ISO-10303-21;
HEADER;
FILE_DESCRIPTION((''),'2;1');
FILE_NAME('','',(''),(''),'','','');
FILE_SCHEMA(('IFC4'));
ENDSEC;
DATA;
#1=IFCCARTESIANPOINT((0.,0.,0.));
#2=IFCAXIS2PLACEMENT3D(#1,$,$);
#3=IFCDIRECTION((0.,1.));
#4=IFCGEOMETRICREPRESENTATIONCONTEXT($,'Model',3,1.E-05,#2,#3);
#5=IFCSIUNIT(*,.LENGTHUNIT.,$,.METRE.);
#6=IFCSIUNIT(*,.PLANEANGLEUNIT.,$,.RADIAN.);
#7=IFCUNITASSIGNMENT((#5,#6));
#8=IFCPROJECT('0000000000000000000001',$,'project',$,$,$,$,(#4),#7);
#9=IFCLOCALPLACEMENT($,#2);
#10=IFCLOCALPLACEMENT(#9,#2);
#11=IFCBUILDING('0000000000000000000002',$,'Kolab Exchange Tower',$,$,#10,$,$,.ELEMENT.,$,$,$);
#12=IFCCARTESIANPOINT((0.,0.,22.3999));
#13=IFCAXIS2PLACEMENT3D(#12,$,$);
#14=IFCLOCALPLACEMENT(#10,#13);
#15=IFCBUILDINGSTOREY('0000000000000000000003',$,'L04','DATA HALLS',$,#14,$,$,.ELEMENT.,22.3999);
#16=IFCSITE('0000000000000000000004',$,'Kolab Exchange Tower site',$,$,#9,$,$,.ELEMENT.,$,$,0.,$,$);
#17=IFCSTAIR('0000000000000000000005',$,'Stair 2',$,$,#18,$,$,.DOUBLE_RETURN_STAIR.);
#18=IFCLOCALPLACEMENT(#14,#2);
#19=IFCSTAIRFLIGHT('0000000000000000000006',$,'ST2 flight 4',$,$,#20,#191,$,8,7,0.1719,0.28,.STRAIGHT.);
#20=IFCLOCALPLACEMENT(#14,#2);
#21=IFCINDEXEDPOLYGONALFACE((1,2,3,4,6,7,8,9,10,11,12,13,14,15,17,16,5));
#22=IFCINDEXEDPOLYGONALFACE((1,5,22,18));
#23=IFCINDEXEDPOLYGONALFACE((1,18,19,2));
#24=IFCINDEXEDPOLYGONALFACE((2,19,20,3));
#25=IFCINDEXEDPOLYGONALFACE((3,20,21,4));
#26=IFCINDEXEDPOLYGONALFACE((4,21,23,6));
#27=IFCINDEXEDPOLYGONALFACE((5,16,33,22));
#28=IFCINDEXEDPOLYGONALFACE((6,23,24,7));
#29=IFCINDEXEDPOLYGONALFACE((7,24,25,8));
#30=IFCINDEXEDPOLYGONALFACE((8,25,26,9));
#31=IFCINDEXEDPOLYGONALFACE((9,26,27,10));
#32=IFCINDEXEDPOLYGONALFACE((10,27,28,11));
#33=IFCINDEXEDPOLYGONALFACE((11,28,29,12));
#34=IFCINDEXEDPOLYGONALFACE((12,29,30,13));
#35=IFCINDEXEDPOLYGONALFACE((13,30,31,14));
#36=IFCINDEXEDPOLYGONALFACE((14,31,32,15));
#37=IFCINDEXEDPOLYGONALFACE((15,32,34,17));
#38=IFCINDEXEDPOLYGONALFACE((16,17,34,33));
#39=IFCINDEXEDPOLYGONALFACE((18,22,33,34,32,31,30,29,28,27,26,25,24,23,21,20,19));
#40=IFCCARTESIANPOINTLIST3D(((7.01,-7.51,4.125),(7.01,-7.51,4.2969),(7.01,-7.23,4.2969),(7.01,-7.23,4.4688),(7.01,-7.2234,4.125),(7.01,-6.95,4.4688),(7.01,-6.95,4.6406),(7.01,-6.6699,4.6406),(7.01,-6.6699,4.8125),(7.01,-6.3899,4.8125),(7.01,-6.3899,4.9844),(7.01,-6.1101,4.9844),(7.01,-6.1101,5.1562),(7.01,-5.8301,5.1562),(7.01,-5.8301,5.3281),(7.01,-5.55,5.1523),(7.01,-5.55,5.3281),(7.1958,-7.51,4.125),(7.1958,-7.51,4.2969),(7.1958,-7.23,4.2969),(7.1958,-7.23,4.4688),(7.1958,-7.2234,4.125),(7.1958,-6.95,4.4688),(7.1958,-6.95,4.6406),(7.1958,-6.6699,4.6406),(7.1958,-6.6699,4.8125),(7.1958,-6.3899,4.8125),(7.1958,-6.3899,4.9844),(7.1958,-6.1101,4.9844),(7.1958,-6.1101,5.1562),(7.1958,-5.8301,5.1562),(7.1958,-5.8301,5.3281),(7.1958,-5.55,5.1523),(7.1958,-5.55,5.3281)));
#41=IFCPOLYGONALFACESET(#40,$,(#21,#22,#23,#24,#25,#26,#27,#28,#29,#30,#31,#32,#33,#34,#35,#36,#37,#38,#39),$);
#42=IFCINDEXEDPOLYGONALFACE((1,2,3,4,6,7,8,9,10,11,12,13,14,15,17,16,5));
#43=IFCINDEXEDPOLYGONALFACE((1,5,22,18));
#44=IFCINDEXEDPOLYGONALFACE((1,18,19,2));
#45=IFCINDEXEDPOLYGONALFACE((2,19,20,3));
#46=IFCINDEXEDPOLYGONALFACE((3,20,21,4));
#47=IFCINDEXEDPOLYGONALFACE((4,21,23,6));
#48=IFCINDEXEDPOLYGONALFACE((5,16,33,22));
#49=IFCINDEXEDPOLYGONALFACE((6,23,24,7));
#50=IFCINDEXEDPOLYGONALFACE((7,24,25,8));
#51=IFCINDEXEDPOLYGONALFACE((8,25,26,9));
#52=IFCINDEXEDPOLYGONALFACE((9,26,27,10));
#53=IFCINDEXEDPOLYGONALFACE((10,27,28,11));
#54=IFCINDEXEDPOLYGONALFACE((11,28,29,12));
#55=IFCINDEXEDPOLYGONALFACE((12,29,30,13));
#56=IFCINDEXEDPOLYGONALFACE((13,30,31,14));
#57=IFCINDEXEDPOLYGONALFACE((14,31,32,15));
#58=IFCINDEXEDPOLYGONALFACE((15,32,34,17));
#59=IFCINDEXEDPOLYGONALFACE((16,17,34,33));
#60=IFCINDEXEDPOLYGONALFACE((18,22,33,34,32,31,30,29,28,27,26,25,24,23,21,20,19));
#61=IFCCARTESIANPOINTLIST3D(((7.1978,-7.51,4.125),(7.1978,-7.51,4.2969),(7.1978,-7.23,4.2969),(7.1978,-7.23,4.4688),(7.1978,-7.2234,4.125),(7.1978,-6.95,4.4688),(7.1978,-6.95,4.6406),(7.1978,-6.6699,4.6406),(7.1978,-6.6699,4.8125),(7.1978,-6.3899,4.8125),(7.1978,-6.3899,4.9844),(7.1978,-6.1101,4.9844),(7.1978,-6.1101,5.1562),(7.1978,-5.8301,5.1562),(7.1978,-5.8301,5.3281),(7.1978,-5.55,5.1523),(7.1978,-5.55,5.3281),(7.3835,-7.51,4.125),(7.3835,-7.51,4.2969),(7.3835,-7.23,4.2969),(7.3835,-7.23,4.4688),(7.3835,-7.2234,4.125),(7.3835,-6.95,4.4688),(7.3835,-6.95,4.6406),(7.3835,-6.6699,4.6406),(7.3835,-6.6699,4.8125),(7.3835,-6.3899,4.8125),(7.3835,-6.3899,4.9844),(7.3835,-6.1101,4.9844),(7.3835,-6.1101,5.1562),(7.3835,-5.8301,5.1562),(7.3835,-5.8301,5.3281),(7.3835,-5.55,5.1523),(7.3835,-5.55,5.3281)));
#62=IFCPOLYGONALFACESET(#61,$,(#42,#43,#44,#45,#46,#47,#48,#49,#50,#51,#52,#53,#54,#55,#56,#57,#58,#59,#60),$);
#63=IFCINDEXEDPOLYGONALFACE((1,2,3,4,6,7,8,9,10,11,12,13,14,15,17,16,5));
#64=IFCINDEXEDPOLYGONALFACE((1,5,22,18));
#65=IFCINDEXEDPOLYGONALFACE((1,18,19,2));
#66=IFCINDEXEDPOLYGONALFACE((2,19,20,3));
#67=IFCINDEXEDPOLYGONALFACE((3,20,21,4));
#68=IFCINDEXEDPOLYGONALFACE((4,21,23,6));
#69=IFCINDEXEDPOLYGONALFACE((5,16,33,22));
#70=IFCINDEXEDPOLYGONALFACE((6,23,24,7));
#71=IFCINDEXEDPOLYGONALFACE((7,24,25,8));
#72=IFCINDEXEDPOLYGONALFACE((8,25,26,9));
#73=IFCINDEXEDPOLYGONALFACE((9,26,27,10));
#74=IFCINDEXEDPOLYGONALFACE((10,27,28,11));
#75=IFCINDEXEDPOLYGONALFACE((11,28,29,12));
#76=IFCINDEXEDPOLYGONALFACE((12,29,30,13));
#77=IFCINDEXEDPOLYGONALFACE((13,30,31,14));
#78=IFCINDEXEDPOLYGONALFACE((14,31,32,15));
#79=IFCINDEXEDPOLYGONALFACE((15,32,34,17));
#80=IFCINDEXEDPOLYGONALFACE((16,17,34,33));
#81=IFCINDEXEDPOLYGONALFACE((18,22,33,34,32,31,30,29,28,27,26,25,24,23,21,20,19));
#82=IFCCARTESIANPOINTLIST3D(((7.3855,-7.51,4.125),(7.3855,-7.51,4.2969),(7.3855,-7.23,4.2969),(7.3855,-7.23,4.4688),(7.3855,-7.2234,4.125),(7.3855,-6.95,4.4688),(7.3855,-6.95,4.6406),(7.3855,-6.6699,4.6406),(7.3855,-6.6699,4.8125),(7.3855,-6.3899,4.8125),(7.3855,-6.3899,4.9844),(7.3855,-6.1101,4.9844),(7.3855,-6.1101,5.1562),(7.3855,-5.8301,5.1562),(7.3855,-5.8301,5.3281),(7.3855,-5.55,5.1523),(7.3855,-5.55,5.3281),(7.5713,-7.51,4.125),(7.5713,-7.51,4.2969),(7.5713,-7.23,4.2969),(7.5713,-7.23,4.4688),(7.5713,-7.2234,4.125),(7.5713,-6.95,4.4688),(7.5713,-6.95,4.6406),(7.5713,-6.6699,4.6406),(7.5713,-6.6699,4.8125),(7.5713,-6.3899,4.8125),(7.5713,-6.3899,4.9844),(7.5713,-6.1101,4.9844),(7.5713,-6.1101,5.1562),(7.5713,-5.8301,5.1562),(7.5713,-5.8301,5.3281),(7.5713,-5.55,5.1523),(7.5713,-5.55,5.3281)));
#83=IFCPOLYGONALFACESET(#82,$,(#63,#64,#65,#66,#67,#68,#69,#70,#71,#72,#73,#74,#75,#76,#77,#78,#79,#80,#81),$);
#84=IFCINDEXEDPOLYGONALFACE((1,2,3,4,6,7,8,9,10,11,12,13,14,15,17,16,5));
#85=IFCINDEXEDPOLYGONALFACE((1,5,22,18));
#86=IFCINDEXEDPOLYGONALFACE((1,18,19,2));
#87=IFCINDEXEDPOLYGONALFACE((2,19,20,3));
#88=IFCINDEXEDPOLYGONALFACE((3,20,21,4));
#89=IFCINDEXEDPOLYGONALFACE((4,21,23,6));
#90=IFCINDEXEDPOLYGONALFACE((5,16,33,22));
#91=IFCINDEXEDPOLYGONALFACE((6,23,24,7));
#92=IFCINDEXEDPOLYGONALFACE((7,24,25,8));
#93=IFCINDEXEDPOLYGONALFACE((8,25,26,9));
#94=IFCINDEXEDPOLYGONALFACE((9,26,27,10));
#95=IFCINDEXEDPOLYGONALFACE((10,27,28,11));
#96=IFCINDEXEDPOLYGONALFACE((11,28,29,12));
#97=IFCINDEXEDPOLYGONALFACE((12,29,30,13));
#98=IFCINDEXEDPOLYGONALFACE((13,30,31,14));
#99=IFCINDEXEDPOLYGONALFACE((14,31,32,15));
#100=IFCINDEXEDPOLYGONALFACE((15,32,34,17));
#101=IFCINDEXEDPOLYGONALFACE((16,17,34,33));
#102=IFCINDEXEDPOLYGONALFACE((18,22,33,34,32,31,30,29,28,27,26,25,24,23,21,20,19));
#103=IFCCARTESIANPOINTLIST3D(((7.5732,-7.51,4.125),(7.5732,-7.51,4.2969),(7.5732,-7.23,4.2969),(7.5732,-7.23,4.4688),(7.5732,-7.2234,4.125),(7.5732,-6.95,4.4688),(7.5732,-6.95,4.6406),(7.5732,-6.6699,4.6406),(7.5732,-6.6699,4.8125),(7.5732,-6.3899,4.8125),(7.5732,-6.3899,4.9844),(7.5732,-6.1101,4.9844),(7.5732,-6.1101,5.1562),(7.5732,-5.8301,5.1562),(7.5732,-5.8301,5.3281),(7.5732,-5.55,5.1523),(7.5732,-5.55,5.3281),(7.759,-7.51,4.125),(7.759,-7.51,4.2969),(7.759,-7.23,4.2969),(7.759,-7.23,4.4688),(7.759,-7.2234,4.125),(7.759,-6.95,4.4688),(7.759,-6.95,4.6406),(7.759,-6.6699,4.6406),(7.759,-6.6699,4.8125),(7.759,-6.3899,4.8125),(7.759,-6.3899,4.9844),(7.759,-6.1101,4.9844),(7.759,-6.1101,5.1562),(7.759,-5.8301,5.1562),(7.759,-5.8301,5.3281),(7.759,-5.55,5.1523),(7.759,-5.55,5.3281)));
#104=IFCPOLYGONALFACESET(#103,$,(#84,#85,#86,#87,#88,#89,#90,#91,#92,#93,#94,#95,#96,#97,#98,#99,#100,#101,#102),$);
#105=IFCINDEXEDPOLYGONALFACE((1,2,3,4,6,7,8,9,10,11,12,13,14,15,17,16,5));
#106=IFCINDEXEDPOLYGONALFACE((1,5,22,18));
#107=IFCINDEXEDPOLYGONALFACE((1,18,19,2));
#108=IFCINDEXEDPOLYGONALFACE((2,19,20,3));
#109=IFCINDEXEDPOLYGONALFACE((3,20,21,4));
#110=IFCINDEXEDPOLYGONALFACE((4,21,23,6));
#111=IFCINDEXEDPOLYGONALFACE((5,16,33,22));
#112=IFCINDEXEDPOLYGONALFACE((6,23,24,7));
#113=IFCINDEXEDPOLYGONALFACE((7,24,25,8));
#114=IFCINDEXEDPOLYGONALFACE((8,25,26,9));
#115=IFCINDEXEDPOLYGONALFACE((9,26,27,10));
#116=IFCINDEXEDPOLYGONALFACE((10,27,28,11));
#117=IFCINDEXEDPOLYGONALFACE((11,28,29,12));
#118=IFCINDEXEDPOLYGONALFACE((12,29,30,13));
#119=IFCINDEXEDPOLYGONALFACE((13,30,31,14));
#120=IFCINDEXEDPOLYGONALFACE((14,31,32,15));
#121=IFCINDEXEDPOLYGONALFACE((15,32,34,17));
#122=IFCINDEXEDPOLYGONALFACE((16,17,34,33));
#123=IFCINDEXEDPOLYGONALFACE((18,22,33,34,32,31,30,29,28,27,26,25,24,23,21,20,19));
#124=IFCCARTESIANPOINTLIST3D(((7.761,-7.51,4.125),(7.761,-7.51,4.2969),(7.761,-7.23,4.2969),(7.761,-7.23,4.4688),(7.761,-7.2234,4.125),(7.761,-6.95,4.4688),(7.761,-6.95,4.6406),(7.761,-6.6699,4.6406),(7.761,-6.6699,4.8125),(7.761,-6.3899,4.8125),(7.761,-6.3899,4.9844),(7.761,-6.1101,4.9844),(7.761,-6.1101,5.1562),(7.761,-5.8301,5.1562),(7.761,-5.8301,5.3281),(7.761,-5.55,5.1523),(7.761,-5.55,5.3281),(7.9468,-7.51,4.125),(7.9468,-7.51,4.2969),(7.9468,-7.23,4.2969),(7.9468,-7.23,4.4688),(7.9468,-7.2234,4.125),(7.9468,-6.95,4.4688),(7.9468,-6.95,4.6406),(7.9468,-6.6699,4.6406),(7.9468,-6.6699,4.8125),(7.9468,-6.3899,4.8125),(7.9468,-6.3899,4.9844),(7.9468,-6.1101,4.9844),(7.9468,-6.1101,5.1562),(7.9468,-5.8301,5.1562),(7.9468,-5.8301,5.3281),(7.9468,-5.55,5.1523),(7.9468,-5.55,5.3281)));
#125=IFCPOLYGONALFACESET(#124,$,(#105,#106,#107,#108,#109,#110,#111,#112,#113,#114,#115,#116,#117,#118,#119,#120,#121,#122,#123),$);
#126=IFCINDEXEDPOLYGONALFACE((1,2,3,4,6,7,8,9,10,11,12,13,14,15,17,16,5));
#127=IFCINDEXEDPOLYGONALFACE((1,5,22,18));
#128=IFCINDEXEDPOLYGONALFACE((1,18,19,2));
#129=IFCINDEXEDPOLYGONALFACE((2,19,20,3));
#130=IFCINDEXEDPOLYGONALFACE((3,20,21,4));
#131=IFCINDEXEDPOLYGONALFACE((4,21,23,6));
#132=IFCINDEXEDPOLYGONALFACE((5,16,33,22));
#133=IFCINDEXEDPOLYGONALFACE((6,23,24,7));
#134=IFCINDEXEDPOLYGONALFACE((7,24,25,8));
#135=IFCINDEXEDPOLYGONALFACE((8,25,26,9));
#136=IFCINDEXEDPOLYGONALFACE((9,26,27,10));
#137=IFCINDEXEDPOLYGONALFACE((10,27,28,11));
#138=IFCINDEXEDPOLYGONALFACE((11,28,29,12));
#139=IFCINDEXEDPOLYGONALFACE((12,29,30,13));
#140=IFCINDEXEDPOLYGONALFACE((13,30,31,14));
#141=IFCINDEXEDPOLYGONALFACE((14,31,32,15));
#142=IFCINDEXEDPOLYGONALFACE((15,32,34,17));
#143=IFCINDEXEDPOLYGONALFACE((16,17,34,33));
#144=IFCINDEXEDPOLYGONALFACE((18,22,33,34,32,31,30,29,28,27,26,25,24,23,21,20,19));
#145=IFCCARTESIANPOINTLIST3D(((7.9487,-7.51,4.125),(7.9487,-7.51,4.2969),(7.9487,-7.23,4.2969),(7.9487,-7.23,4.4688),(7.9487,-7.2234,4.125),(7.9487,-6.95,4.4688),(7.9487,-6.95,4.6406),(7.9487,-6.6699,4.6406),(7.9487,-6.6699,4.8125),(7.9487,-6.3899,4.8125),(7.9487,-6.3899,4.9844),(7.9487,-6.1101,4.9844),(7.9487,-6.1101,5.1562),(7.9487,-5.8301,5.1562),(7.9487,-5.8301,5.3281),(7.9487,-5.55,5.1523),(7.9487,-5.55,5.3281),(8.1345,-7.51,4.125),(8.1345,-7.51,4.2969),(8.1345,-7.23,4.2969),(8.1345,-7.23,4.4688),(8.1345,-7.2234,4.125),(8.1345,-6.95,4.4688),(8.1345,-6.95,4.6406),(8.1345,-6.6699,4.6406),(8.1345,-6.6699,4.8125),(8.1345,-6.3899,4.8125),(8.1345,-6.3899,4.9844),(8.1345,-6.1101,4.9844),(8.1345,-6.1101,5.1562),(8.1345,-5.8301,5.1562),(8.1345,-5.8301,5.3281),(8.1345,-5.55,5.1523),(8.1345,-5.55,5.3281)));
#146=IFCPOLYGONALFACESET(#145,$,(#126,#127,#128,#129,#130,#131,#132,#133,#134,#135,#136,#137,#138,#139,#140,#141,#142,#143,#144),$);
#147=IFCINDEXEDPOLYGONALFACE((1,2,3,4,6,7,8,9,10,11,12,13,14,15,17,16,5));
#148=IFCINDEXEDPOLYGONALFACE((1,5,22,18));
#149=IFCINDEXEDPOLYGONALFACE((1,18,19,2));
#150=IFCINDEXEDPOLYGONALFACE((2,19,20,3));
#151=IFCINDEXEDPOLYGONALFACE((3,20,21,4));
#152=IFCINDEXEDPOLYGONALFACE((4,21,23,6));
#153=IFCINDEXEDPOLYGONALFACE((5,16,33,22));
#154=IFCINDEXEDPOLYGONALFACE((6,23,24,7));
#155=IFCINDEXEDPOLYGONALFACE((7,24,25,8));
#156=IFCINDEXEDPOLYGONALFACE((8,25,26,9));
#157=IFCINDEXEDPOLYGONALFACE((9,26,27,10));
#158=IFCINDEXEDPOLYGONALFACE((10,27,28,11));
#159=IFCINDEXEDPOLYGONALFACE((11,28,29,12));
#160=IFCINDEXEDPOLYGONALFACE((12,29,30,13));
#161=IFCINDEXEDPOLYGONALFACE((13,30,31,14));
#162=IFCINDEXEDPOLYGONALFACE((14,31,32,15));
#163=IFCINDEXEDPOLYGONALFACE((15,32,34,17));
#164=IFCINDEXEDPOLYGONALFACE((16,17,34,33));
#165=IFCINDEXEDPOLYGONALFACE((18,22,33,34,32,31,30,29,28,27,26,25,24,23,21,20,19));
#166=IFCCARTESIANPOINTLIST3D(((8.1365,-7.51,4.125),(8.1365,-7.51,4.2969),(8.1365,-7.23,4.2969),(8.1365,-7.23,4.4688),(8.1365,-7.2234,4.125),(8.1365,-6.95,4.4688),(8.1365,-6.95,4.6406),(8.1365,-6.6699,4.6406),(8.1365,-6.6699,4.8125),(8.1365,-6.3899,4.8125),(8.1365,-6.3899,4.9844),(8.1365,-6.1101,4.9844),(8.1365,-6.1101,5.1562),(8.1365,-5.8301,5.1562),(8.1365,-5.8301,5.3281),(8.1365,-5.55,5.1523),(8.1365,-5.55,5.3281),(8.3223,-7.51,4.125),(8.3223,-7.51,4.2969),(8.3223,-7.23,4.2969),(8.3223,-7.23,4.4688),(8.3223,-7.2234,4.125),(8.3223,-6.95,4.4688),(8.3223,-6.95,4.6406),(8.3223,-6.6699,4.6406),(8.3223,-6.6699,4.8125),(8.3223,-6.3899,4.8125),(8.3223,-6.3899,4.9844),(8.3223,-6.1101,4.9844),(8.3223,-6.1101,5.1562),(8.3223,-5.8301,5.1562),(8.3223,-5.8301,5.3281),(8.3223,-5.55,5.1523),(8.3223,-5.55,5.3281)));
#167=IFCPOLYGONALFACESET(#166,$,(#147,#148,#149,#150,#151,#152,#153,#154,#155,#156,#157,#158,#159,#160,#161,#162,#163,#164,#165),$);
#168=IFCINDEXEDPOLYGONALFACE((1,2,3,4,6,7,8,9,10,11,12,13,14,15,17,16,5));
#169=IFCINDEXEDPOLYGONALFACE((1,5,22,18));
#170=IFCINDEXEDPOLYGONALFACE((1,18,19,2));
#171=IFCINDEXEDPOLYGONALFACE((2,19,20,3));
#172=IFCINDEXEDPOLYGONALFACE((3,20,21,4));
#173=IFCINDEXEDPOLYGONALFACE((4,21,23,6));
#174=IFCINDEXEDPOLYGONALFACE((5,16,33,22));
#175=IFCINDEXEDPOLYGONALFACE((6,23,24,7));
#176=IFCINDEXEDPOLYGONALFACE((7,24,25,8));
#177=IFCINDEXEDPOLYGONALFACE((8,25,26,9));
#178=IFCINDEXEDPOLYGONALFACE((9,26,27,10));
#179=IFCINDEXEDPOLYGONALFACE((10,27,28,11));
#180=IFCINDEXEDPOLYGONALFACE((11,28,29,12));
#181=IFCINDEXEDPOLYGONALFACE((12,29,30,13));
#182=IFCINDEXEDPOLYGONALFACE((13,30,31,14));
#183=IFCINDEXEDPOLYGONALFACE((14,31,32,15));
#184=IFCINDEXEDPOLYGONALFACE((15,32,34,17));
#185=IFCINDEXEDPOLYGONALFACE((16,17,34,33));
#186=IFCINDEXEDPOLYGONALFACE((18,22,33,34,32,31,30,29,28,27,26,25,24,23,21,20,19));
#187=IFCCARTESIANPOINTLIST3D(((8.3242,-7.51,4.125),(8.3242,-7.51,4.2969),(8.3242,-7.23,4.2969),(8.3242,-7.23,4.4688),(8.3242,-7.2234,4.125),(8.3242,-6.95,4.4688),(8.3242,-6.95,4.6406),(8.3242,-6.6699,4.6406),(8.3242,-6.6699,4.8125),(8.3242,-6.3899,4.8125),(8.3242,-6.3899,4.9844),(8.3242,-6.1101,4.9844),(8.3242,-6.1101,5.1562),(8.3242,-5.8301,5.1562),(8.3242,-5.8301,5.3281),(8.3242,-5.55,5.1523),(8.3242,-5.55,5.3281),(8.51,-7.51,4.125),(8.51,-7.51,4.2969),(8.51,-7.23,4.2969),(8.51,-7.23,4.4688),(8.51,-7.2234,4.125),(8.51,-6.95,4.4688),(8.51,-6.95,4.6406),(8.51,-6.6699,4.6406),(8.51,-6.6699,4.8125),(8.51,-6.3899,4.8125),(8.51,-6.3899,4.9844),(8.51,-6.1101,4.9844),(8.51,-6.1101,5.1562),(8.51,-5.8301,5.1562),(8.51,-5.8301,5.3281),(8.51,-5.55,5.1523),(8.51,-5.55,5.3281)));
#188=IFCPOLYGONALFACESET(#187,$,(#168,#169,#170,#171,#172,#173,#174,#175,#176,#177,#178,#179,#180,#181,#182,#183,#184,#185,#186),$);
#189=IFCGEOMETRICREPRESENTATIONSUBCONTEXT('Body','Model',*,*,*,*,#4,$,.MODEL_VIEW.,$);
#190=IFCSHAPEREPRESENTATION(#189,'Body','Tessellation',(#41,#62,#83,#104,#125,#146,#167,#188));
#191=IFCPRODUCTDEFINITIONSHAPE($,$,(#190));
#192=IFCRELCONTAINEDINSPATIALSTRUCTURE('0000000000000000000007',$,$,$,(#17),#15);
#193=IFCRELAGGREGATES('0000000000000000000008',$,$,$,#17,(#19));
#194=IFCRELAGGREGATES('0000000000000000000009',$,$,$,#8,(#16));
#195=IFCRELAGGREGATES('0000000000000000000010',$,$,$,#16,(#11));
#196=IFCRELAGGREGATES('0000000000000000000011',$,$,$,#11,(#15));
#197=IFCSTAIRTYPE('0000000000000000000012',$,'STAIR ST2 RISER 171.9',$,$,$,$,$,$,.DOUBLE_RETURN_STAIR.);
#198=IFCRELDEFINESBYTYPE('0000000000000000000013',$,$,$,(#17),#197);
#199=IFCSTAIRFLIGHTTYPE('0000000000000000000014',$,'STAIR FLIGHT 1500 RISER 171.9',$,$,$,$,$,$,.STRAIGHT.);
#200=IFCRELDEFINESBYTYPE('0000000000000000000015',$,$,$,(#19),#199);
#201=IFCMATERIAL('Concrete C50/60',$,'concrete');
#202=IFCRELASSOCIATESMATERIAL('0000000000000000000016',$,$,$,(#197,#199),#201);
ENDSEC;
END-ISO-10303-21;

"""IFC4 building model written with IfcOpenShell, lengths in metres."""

from ifc_helpers import new_model, si_unit, direction, frame, origin, place, context, subcontext, project, spatial, polyline, outline, extrude, material, type_object, element, aggregate, save


model = new_model("IFC4")

# Units and contexts
model_context = context("Model", 3, precision=1e-05, world=origin(), true_north=direction((0.0, 1.0)))
body_context = subcontext(model_context, "Body", "Model", "MODEL_VIEW")
ifc_project = project(units=[si_unit("LENGTHUNIT", "METRE"), si_unit("PLANEANGLEUNIT", "RADIAN")], contexts=[model_context])

# Site, building, storey
site_placement = place(None, origin())
site = spatial("IfcSite", under=ifc_project, at=site_placement, Name="Kolab Exchange Tower site", CompositionType="ELEMENT", RefElevation=0.0)
building_placement = place(site_placement, origin())
building = spatial("IfcBuilding", under=site, at=building_placement, Name="Kolab Exchange Tower", CompositionType="ELEMENT")
storey_placement = place(building_placement, frame((0.0, 0.0, 22.3999)))
storey = spatial("IfcBuildingStorey", under=building, at=storey_placement, Name="L04", Description="DATA HALLS", CompositionType="ELEMENT", Elevation=22.3999)

# Shared definitions
ifc_material_1 = material(Name="Concrete C50/60", Category="concrete")

# Stair, stair flight
stair_type_1 = type_object("IfcStairType", Name="STAIR ST2 RISER 171.9", PredefinedType="DOUBLE_RETURN_STAIR", material=ifc_material_1)
stair_1_placement = place(storey_placement, origin())
stair_1 = element("IfcStair", 1, at=stair_1_placement, inside=storey, type_object=stair_type_1, Name="Stair 2", PredefinedType="DOUBLE_RETURN_STAIR")
stair_flight_type = type_object("IfcStairFlightType", Name="STAIR FLIGHT 1500 RISER 171.9", PredefinedType="STRAIGHT", material=ifc_material_1)
stair_flight_1_placement = place(storey_placement, frame((7.76, -7.51, 4.125), z_axis=(0.0, 0.0, 1.0), x_axis=(0.0, 1.0, 0.0)))
stair_flight_1 = element("IfcStairFlight", 2, at=stair_flight_1_placement, type_object=stair_flight_type, Name="ST2 flight 4", NumberOfRisers=8, NumberOfTreads=7, PredefinedType="STRAIGHT", RiserHeight=0.1719, TreadLength=0.28, context=body_context, shape_type="SweptSolid", body=[
    extrude(outline(polyline([(0.0, 0.0), (0.0, 0.1719), (0.28, 0.1719), (0.28, 0.3438), (0.5601, 0.3438), (0.5601, 0.5156), (0.8401, 0.5156), (0.8401, 0.6875), (1.1201, 0.6875), (1.1201, 0.8594), (1.3999, 0.8594), (1.3999, 1.0312), (1.6799, 1.0312), (1.6799, 1.2031), (1.96, 1.2031), (1.96, 1.375), (1.96, 1.0273), (0.2866, 0.0), (0.0, 0.0)])), frame((0.0, 0.75, 0.0), z_axis=(0.0, -1.0, 0.0), x_axis=(1.0, 0.0, 0.0)), (0.0, 0.0, 1.0), 0.1858),
    extrude(outline(polyline([(0.0, 0.0), (0.0, 0.1719), (0.28, 0.1719), (0.28, 0.3438), (0.5601, 0.3438), (0.5601, 0.5156), (0.8401, 0.5156), (0.8401, 0.6875), (1.1201, 0.6875), (1.1201, 0.8594), (1.3999, 0.8594), (1.3999, 1.0312), (1.6799, 1.0312), (1.6799, 1.2031), (1.96, 1.2031), (1.96, 1.375), (1.96, 1.0273), (0.2866, 0.0), (0.0, 0.0)])), frame((0.0, 0.5623, 0.0), z_axis=(0.0, -1.0, 0.0), x_axis=(1.0, 0.0, 0.0)), (0.0, 0.0, 1.0), 0.1858),
    extrude(outline(polyline([(0.0, 0.0), (0.0, 0.1719), (0.28, 0.1719), (0.28, 0.3438), (0.5601, 0.3438), (0.5601, 0.5156), (0.8401, 0.5156), (0.8401, 0.6875), (1.1201, 0.6875), (1.1201, 0.8594), (1.3999, 0.8594), (1.3999, 1.0312), (1.6799, 1.0312), (1.6799, 1.2031), (1.96, 1.2031), (1.96, 1.375), (1.96, 1.0273), (0.2866, 0.0), (0.0, 0.0)])), frame((0.0, 0.3745, 0.0), z_axis=(0.0, -1.0, 0.0), x_axis=(1.0, 0.0, 0.0)), (0.0, 0.0, 1.0), 0.1858),
    extrude(outline(polyline([(0.0, 0.0), (0.0, 0.1719), (0.28, 0.1719), (0.28, 0.3438), (0.5601, 0.3438), (0.5601, 0.5156), (0.8401, 0.5156), (0.8401, 0.6875), (1.1201, 0.6875), (1.1201, 0.8594), (1.3999, 0.8594), (1.3999, 1.0312), (1.6799, 1.0312), (1.6799, 1.2031), (1.96, 1.2031), (1.96, 1.375), (1.96, 1.0273), (0.2866, 0.0), (0.0, 0.0)])), frame((0.0, 0.1868, 0.0), z_axis=(0.0, -1.0, 0.0), x_axis=(1.0, 0.0, 0.0)), (0.0, 0.0, 1.0), 0.1858),
    extrude(outline(polyline([(0.0, 0.0), (0.0, 0.1719), (0.28, 0.1719), (0.28, 0.3438), (0.5601, 0.3438), (0.5601, 0.5156), (0.8401, 0.5156), (0.8401, 0.6875), (1.1201, 0.6875), (1.1201, 0.8594), (1.3999, 0.8594), (1.3999, 1.0312), (1.6799, 1.0312), (1.6799, 1.2031), (1.96, 1.2031), (1.96, 1.375), (1.96, 1.0273), (0.2866, 0.0), (0.0, 0.0)])), frame((0.0, -0.001, 0.0), z_axis=(0.0, -1.0, 0.0), x_axis=(1.0, 0.0, 0.0)), (0.0, 0.0, 1.0), 0.1858),
    extrude(outline(polyline([(0.0, 0.0), (0.0, 0.1719), (0.28, 0.1719), (0.28, 0.3438), (0.5601, 0.3438), (0.5601, 0.5156), (0.8401, 0.5156), (0.8401, 0.6875), (1.1201, 0.6875), (1.1201, 0.8594), (1.3999, 0.8594), (1.3999, 1.0312), (1.6799, 1.0312), (1.6799, 1.2031), (1.96, 1.2031), (1.96, 1.375), (1.96, 1.0273), (0.2866, 0.0), (0.0, 0.0)])), frame((0.0, -0.1887, 0.0), z_axis=(0.0, -1.0, 0.0), x_axis=(1.0, 0.0, 0.0)), (0.0, 0.0, 1.0), 0.1858),
    extrude(outline(polyline([(0.0, 0.0), (0.0, 0.1719), (0.28, 0.1719), (0.28, 0.3438), (0.5601, 0.3438), (0.5601, 0.5156), (0.8401, 0.5156), (0.8401, 0.6875), (1.1201, 0.6875), (1.1201, 0.8594), (1.3999, 0.8594), (1.3999, 1.0312), (1.6799, 1.0312), (1.6799, 1.2031), (1.96, 1.2031), (1.96, 1.375), (1.96, 1.0273), (0.2866, 0.0), (0.0, 0.0)])), frame((0.0, -0.3765, 0.0), z_axis=(0.0, -1.0, 0.0), x_axis=(1.0, 0.0, 0.0)), (0.0, 0.0, 1.0), 0.1858),
    extrude(outline(polyline([(0.0, 0.0), (0.0, 0.1719), (0.28, 0.1719), (0.28, 0.3438), (0.5601, 0.3438), (0.5601, 0.5156), (0.8401, 0.5156), (0.8401, 0.6875), (1.1201, 0.6875), (1.1201, 0.8594), (1.3999, 0.8594), (1.3999, 1.0312), (1.6799, 1.0312), (1.6799, 1.2031), (1.96, 1.2031), (1.96, 1.375), (1.96, 1.0273), (0.2866, 0.0), (0.0, 0.0)])), frame((0.0, -0.5642, 0.0), z_axis=(0.0, -1.0, 0.0), x_axis=(1.0, 0.0, 0.0)), (0.0, 0.0, 1.0), 0.1858),
])
aggregate(stair_1, [stair_flight_1])

save(model, "model.ifc")
